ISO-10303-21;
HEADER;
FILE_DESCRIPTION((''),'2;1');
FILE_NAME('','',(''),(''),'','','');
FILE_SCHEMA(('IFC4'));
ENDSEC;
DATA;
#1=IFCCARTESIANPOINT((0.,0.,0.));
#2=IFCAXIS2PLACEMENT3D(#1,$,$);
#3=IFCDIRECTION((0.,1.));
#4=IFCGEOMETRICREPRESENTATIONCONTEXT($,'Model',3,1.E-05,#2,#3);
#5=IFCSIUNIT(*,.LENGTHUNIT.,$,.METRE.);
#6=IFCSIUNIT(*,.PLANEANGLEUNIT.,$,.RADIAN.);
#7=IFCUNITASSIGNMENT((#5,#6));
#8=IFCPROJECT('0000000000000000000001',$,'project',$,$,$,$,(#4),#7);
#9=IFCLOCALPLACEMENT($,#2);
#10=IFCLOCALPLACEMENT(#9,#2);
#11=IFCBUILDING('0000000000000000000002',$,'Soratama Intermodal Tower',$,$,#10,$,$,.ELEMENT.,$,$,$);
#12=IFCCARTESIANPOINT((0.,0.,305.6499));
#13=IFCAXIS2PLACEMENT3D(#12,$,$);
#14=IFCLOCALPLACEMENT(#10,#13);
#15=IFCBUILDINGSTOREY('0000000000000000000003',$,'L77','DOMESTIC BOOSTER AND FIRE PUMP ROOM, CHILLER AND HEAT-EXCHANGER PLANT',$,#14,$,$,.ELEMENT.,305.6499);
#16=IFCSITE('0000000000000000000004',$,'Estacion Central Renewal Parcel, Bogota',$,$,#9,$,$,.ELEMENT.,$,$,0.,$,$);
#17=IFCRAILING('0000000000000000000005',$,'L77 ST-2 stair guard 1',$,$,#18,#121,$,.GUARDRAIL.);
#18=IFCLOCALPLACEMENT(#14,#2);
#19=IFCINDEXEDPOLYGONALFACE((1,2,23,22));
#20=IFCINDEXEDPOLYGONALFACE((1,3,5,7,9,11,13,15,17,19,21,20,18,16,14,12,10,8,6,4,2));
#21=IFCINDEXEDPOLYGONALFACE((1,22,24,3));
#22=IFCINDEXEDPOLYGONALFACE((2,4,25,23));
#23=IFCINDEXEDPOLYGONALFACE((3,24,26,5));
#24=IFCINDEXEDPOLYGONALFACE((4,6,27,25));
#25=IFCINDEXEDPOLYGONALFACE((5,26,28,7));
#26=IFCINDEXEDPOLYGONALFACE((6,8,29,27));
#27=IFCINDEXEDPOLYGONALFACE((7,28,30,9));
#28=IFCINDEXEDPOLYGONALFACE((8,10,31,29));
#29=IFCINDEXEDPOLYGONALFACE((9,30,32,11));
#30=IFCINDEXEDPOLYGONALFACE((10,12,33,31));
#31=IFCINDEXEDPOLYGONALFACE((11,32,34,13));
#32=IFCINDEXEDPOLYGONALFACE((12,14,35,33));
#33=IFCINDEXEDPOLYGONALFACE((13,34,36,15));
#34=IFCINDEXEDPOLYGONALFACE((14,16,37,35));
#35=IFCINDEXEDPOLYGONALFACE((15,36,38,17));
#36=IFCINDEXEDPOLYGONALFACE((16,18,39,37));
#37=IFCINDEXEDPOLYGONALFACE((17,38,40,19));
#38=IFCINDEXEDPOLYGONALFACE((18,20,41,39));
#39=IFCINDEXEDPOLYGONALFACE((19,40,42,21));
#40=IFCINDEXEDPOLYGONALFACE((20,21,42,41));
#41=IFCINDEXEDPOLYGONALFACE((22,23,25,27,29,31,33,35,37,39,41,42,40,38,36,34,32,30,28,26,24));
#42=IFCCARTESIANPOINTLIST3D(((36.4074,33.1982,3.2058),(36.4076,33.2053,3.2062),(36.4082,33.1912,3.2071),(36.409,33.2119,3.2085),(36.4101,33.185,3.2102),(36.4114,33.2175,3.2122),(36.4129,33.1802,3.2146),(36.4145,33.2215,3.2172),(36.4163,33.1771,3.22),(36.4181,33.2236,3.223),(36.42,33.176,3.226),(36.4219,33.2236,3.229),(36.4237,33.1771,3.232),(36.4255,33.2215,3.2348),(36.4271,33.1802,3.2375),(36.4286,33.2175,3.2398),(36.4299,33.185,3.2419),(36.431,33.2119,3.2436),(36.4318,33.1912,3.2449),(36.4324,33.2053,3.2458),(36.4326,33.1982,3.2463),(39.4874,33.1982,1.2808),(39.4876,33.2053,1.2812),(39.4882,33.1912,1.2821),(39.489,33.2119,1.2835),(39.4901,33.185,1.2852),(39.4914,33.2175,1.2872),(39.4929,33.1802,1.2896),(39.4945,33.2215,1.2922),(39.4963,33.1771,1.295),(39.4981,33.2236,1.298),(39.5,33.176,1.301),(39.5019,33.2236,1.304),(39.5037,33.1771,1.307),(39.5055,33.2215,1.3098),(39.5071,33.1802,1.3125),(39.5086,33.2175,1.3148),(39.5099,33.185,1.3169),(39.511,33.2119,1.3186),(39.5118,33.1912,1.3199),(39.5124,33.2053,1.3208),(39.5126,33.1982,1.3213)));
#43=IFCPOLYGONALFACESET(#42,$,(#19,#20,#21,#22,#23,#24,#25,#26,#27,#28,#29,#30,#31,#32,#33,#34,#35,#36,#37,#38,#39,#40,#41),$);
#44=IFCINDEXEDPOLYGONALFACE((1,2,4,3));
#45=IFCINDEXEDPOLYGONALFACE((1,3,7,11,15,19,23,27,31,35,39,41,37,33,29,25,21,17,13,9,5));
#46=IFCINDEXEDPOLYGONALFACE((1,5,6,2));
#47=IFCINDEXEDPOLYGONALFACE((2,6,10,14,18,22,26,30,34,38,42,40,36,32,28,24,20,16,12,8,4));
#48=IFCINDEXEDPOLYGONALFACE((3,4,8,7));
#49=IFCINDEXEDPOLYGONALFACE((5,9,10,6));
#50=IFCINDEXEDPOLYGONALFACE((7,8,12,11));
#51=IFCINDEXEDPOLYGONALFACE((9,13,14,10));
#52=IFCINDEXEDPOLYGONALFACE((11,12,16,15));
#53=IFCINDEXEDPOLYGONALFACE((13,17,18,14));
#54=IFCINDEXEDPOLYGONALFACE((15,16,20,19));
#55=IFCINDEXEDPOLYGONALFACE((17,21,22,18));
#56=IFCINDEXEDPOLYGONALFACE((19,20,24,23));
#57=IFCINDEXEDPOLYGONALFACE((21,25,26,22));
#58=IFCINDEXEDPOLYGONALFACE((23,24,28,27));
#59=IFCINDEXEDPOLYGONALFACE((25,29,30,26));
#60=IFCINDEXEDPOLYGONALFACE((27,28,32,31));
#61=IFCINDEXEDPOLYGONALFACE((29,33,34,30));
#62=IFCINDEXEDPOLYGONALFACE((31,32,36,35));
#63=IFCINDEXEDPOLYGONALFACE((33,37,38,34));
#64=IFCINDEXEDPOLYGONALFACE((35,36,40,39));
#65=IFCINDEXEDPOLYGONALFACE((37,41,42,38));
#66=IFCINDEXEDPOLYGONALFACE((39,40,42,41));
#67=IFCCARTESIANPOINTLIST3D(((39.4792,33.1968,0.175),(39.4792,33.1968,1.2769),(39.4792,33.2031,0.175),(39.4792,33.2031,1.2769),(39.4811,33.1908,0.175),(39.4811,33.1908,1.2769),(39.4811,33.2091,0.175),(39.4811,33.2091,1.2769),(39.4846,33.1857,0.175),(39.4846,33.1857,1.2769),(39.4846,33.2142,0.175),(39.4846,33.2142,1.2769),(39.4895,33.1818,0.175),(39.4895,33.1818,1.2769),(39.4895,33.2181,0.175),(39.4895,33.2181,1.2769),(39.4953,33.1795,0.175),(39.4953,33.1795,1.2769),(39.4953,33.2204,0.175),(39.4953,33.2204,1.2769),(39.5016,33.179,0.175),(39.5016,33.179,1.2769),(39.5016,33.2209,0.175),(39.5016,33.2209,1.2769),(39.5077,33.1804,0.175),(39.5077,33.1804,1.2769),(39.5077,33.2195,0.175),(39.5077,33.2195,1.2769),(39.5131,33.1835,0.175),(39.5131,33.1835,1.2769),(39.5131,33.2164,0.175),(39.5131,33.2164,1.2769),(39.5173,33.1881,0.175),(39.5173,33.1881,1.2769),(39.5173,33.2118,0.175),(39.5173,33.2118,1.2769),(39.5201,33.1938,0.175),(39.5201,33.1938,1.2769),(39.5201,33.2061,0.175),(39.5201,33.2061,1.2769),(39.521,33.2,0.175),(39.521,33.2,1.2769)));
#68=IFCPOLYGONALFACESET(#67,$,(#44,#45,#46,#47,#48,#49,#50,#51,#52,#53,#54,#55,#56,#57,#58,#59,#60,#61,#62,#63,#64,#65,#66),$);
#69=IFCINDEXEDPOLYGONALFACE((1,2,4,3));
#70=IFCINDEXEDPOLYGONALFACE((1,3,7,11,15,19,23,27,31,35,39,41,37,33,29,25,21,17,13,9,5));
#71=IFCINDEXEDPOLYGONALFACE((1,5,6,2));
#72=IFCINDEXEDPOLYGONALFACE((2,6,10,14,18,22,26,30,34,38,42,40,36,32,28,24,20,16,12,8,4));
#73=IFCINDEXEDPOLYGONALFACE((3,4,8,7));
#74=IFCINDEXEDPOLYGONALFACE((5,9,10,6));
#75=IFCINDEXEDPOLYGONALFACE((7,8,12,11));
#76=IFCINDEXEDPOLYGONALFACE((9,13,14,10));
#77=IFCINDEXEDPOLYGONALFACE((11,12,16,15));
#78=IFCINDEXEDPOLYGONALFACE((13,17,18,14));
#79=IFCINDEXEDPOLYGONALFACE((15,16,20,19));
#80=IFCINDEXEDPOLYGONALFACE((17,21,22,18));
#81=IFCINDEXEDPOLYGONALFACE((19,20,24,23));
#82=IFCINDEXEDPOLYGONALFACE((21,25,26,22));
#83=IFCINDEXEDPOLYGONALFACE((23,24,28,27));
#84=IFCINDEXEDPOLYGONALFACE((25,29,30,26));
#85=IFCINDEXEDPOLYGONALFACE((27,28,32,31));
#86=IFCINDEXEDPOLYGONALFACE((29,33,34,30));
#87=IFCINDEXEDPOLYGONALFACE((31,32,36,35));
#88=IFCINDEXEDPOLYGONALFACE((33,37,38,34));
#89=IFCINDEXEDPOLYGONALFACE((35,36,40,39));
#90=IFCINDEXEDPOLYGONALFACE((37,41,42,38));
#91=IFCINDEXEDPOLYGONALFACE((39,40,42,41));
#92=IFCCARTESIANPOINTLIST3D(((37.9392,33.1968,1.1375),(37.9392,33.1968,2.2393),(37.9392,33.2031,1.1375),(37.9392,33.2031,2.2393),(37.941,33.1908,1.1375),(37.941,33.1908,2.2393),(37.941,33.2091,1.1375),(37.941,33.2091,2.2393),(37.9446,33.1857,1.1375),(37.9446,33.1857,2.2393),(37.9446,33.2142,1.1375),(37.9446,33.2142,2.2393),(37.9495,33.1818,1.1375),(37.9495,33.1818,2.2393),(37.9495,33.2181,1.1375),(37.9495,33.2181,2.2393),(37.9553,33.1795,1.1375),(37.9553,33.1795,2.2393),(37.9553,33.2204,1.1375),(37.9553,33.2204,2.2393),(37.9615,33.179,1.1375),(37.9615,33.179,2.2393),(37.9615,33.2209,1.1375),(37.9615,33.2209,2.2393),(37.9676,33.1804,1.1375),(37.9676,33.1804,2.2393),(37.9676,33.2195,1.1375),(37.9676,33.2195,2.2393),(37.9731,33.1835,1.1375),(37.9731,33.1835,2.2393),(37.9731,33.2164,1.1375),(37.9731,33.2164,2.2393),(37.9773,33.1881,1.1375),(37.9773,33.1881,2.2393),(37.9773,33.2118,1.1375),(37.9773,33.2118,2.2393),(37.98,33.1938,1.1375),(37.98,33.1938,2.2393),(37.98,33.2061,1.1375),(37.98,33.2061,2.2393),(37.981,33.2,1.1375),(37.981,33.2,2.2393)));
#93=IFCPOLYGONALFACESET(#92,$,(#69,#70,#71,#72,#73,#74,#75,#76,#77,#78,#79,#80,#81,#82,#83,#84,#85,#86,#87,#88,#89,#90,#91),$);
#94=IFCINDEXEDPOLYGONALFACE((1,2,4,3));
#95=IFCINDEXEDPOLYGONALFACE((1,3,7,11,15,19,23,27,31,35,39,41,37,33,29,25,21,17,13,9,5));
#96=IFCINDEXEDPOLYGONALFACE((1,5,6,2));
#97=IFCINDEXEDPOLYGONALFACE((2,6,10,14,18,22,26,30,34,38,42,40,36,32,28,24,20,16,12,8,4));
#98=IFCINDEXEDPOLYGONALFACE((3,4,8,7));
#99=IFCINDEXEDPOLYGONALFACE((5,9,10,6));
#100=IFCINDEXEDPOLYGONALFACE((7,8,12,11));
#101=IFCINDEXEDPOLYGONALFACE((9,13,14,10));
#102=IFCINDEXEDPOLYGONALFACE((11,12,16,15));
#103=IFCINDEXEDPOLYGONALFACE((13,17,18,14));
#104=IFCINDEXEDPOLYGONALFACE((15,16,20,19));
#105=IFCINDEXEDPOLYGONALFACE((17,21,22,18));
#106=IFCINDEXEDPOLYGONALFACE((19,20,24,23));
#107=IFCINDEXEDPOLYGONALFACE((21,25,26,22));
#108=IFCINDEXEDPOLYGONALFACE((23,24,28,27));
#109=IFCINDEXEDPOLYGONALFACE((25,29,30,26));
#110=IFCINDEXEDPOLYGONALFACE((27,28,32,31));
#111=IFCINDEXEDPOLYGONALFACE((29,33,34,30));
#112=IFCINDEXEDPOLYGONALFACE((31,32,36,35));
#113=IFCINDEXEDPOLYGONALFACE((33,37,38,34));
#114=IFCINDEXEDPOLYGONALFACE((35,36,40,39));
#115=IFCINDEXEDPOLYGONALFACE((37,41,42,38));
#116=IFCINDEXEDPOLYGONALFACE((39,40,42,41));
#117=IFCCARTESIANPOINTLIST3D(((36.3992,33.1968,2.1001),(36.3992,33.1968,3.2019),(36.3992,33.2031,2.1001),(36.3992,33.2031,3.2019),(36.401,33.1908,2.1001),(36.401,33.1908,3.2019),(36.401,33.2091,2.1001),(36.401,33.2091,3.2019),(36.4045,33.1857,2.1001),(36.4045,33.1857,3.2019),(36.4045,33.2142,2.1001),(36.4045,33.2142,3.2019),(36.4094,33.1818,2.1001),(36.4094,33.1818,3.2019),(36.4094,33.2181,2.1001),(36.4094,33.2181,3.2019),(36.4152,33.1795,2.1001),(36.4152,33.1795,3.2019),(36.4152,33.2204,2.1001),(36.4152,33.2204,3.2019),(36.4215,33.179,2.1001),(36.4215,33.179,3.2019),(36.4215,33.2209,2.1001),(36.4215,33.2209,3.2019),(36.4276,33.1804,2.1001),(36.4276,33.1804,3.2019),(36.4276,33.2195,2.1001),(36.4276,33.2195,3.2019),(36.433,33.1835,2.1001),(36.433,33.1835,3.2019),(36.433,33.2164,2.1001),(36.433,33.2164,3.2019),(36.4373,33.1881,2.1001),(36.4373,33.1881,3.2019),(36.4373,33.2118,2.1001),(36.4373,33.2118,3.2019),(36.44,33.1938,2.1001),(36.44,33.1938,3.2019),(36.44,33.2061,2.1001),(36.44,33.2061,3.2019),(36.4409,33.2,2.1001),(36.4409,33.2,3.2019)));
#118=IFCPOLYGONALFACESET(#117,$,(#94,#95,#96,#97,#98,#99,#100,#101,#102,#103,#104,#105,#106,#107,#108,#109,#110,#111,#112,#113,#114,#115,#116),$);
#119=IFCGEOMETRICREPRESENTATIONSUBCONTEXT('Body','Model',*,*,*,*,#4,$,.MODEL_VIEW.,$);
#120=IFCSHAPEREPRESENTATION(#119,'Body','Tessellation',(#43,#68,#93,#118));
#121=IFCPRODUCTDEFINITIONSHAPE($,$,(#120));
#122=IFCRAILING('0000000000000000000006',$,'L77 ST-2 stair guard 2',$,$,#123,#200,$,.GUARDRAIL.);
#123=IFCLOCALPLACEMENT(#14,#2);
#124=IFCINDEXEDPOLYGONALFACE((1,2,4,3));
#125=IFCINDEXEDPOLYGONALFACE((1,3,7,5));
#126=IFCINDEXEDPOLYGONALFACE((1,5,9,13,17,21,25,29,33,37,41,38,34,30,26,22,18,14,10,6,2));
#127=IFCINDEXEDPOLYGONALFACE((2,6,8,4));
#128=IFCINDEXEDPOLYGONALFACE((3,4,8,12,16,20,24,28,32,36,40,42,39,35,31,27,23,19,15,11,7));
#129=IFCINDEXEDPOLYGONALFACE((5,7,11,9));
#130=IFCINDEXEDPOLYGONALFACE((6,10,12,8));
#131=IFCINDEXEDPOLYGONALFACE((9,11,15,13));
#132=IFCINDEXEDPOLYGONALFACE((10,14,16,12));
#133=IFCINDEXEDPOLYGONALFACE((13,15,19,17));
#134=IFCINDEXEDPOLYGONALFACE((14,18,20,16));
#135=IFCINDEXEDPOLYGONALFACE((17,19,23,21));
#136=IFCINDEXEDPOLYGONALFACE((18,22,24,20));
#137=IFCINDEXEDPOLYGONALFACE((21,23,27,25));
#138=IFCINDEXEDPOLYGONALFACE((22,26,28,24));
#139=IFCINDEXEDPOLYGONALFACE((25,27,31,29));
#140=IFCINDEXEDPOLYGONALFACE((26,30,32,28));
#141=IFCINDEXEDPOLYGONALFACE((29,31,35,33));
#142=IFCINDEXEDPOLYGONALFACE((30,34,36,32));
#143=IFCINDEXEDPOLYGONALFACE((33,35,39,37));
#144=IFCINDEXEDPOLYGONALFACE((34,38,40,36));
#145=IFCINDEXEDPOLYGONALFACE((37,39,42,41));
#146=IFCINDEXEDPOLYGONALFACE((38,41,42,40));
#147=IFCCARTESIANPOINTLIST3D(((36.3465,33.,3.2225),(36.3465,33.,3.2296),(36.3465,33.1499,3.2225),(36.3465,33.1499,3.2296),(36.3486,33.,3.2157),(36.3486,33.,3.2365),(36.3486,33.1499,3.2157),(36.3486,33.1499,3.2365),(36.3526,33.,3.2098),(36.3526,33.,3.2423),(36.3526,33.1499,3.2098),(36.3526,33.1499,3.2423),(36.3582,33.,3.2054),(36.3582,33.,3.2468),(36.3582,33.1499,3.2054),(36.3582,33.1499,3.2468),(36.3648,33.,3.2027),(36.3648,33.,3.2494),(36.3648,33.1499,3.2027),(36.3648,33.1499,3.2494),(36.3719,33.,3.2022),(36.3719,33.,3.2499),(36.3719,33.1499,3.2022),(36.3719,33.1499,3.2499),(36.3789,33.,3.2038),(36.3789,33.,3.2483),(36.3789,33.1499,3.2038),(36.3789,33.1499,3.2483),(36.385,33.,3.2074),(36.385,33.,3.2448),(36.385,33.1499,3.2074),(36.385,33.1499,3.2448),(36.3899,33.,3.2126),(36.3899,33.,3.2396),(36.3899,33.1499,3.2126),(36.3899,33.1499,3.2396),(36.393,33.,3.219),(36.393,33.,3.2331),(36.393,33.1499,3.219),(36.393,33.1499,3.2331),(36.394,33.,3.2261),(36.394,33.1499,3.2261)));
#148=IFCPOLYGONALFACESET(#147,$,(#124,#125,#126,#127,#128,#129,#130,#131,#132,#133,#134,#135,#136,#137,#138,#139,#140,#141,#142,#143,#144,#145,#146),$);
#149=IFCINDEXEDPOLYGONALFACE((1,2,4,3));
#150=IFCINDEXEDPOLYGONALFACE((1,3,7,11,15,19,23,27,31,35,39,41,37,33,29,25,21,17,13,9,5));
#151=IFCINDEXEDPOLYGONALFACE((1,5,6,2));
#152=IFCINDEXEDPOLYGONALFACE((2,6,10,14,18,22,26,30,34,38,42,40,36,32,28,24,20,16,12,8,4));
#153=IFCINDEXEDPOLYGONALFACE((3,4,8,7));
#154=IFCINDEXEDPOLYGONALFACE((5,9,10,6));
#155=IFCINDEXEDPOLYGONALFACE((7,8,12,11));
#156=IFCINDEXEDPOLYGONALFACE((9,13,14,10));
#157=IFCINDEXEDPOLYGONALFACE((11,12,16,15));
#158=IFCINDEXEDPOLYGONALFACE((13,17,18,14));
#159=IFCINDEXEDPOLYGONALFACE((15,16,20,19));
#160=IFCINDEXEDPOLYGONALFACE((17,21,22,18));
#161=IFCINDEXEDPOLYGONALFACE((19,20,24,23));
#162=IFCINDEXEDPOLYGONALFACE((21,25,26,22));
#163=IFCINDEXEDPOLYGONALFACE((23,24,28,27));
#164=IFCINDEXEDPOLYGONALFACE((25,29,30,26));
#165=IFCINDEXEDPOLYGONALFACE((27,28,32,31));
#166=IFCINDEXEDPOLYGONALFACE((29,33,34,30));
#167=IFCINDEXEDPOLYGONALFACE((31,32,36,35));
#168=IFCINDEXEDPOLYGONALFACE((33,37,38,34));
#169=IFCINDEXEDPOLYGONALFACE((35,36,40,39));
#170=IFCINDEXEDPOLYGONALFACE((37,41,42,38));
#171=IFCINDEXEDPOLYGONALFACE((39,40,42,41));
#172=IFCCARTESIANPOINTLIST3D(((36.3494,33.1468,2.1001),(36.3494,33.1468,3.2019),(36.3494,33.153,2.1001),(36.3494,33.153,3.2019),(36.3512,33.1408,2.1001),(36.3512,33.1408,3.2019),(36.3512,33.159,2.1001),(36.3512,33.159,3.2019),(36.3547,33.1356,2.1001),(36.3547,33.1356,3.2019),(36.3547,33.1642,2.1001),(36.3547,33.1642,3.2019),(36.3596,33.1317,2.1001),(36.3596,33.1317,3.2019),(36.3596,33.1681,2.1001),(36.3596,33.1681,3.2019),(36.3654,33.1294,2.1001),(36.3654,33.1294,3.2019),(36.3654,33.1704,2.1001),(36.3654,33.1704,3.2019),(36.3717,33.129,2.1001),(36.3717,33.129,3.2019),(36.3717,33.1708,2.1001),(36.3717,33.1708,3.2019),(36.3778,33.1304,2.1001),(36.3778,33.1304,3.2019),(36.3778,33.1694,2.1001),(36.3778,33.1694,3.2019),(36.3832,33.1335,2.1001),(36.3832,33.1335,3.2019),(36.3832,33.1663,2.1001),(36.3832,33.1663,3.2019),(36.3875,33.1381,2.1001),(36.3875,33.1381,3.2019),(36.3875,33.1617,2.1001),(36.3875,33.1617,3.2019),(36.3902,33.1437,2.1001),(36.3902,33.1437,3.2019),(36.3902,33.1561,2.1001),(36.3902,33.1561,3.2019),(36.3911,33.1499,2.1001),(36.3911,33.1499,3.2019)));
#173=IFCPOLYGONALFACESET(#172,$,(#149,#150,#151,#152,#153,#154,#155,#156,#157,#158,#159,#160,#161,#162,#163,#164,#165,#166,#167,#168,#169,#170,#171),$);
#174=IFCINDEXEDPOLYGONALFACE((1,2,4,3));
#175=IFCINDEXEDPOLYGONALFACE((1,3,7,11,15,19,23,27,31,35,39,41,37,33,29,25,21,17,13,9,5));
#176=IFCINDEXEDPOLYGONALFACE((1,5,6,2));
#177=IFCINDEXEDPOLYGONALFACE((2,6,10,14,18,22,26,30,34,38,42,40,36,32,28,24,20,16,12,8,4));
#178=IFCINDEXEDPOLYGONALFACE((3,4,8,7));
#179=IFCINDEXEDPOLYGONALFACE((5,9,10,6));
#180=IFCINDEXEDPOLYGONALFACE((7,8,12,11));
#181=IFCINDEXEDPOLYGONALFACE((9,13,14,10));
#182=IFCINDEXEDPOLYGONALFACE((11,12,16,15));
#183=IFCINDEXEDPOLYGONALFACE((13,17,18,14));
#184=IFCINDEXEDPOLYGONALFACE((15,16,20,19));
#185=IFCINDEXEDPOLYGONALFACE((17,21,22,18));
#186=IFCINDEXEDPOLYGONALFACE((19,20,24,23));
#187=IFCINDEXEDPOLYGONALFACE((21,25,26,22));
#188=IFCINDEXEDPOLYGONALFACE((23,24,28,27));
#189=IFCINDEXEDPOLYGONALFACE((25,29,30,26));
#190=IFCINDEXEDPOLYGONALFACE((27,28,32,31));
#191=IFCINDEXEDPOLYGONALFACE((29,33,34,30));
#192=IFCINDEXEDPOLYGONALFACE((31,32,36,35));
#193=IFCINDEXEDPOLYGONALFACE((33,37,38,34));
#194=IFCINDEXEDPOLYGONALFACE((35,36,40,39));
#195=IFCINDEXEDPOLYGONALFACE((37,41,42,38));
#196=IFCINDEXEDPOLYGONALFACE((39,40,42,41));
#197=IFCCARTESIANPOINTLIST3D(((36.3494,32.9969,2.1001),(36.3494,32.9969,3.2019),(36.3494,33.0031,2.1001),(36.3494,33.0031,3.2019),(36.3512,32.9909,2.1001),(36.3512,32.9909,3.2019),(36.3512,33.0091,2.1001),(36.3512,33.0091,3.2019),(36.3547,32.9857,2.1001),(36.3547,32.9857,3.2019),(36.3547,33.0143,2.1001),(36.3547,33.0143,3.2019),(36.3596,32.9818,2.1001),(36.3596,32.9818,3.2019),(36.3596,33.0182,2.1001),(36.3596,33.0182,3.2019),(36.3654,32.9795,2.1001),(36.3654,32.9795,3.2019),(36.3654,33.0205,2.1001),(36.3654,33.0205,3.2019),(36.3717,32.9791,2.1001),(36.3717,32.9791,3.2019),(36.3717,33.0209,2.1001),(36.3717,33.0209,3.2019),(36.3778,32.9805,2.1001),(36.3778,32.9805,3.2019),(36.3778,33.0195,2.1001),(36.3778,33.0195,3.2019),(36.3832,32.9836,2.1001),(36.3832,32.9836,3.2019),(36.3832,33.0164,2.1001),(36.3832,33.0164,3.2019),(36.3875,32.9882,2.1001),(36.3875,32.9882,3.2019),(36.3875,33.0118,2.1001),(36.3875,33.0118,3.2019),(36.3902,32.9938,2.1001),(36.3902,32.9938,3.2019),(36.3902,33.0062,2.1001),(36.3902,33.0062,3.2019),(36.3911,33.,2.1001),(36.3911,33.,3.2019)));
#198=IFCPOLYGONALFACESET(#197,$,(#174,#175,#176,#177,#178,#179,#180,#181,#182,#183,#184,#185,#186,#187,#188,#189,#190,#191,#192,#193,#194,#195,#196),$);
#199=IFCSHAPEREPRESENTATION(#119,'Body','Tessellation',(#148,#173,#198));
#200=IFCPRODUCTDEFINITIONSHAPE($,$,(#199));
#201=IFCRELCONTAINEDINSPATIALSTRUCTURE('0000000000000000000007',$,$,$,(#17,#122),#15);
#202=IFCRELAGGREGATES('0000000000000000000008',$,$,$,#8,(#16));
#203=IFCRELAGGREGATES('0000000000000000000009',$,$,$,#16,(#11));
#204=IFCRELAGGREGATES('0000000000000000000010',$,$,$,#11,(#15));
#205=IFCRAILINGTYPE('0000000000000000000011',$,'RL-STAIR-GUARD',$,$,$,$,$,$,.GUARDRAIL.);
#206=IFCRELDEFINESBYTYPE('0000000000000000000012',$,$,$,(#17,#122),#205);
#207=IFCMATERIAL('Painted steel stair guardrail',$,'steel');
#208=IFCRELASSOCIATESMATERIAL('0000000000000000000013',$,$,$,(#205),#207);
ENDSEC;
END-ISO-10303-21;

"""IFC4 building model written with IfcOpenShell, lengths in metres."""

from ifc_helpers import new_model, si_unit, direction, frame, origin, origin_2d, place, context, subcontext, project, spatial, circle, extrude, material, type_object, element, save


model = new_model("IFC4")

# Units and contexts
model_context = context("Model", 3, precision=1e-05, world=origin(), true_north=direction((0.0, 1.0)))
body_context = subcontext(model_context, "Body", "Model", "MODEL_VIEW")
ifc_project = project(units=[si_unit("LENGTHUNIT", "METRE"), si_unit("PLANEANGLEUNIT", "RADIAN")], contexts=[model_context])

# Site, building, storey
site_placement = place(None, origin())
site = spatial("IfcSite", under=ifc_project, at=site_placement, Name="Estacion Central Renewal Parcel, Bogota", CompositionType="ELEMENT", RefElevation=0.0)
building_placement = place(site_placement, origin())
building = spatial("IfcBuilding", under=site, at=building_placement, Name="Soratama Intermodal Tower", CompositionType="ELEMENT")
storey_placement = place(building_placement, frame((0.0, 0.0, 305.6499)))
storey = spatial("IfcBuildingStorey", under=building, at=storey_placement, Name="L77", Description="DOMESTIC BOOSTER AND FIRE PUMP ROOM, CHILLER AND HEAT-EXCHANGER PLANT", CompositionType="ELEMENT", Elevation=305.6499)

# Railings
ifc_material_1 = material(Name="Painted steel stair guardrail", Category="steel")
railing_type_1 = type_object("IfcRailingType", Name="RL-STAIR-GUARD", PredefinedType="GUARDRAIL", material=ifc_material_1)
railing_1_placement = place(storey_placement, frame((39.5, 33.2, 0.175)))
element("IfcRailing", 1, at=railing_1_placement, inside=storey, type_object=railing_type_1, Name="L77 ST-2 stair guard 1", PredefinedType="GUARDRAIL", context=body_context, shape_type="SweptSolid", body=[
    extrude(circle(Radius=0.0239, at=origin_2d()), frame((0.0, 0.0, 1.126), z_axis=(-0.847998, 0.0, 0.529999), x_axis=(0.0, -1.0, 0.0)), (0.0, 0.0, 1.0), 3.6321),
    extrude(circle(Radius=0.021, at=origin_2d()), origin(), (0.0, 0.0, 1.0), 1.1018),
    extrude(circle(Radius=0.021, at=origin_2d()), frame((-1.54, 0.0, 0.9624)), (0.0, 0.0, 1.0), 1.1018),
    extrude(circle(Radius=0.021, at=origin_2d()), frame((-3.0801, 0.0, 1.925)), (0.0, 0.0, 1.0), 1.1018),
])
railing_2_placement = place(storey_placement, frame((36.3701, 33.1499, 2.1001)))
element("IfcRailing", 2, at=railing_2_placement, inside=storey, type_object=railing_type_1, Name="L77 ST-2 stair guard 2", PredefinedType="GUARDRAIL", context=body_context, shape_type="SweptSolid", body=[
    extrude(circle(Radius=0.0239, at=origin_2d()), frame((0.0, 0.0, 1.126), z_axis=(0.0, -1.0, 0.0), x_axis=(1.0, 0.0, 0.0)), (0.0, 0.0, 1.0), 0.1499),
    extrude(circle(Radius=0.021, at=origin_2d()), origin(), (0.0, 0.0, 1.0), 1.1018),
    extrude(circle(Radius=0.021, at=origin_2d()), frame((0.0, -0.1499, 0.0)), (0.0, 0.0, 1.0), 1.1018),
])

save(model, "model.ifc")
